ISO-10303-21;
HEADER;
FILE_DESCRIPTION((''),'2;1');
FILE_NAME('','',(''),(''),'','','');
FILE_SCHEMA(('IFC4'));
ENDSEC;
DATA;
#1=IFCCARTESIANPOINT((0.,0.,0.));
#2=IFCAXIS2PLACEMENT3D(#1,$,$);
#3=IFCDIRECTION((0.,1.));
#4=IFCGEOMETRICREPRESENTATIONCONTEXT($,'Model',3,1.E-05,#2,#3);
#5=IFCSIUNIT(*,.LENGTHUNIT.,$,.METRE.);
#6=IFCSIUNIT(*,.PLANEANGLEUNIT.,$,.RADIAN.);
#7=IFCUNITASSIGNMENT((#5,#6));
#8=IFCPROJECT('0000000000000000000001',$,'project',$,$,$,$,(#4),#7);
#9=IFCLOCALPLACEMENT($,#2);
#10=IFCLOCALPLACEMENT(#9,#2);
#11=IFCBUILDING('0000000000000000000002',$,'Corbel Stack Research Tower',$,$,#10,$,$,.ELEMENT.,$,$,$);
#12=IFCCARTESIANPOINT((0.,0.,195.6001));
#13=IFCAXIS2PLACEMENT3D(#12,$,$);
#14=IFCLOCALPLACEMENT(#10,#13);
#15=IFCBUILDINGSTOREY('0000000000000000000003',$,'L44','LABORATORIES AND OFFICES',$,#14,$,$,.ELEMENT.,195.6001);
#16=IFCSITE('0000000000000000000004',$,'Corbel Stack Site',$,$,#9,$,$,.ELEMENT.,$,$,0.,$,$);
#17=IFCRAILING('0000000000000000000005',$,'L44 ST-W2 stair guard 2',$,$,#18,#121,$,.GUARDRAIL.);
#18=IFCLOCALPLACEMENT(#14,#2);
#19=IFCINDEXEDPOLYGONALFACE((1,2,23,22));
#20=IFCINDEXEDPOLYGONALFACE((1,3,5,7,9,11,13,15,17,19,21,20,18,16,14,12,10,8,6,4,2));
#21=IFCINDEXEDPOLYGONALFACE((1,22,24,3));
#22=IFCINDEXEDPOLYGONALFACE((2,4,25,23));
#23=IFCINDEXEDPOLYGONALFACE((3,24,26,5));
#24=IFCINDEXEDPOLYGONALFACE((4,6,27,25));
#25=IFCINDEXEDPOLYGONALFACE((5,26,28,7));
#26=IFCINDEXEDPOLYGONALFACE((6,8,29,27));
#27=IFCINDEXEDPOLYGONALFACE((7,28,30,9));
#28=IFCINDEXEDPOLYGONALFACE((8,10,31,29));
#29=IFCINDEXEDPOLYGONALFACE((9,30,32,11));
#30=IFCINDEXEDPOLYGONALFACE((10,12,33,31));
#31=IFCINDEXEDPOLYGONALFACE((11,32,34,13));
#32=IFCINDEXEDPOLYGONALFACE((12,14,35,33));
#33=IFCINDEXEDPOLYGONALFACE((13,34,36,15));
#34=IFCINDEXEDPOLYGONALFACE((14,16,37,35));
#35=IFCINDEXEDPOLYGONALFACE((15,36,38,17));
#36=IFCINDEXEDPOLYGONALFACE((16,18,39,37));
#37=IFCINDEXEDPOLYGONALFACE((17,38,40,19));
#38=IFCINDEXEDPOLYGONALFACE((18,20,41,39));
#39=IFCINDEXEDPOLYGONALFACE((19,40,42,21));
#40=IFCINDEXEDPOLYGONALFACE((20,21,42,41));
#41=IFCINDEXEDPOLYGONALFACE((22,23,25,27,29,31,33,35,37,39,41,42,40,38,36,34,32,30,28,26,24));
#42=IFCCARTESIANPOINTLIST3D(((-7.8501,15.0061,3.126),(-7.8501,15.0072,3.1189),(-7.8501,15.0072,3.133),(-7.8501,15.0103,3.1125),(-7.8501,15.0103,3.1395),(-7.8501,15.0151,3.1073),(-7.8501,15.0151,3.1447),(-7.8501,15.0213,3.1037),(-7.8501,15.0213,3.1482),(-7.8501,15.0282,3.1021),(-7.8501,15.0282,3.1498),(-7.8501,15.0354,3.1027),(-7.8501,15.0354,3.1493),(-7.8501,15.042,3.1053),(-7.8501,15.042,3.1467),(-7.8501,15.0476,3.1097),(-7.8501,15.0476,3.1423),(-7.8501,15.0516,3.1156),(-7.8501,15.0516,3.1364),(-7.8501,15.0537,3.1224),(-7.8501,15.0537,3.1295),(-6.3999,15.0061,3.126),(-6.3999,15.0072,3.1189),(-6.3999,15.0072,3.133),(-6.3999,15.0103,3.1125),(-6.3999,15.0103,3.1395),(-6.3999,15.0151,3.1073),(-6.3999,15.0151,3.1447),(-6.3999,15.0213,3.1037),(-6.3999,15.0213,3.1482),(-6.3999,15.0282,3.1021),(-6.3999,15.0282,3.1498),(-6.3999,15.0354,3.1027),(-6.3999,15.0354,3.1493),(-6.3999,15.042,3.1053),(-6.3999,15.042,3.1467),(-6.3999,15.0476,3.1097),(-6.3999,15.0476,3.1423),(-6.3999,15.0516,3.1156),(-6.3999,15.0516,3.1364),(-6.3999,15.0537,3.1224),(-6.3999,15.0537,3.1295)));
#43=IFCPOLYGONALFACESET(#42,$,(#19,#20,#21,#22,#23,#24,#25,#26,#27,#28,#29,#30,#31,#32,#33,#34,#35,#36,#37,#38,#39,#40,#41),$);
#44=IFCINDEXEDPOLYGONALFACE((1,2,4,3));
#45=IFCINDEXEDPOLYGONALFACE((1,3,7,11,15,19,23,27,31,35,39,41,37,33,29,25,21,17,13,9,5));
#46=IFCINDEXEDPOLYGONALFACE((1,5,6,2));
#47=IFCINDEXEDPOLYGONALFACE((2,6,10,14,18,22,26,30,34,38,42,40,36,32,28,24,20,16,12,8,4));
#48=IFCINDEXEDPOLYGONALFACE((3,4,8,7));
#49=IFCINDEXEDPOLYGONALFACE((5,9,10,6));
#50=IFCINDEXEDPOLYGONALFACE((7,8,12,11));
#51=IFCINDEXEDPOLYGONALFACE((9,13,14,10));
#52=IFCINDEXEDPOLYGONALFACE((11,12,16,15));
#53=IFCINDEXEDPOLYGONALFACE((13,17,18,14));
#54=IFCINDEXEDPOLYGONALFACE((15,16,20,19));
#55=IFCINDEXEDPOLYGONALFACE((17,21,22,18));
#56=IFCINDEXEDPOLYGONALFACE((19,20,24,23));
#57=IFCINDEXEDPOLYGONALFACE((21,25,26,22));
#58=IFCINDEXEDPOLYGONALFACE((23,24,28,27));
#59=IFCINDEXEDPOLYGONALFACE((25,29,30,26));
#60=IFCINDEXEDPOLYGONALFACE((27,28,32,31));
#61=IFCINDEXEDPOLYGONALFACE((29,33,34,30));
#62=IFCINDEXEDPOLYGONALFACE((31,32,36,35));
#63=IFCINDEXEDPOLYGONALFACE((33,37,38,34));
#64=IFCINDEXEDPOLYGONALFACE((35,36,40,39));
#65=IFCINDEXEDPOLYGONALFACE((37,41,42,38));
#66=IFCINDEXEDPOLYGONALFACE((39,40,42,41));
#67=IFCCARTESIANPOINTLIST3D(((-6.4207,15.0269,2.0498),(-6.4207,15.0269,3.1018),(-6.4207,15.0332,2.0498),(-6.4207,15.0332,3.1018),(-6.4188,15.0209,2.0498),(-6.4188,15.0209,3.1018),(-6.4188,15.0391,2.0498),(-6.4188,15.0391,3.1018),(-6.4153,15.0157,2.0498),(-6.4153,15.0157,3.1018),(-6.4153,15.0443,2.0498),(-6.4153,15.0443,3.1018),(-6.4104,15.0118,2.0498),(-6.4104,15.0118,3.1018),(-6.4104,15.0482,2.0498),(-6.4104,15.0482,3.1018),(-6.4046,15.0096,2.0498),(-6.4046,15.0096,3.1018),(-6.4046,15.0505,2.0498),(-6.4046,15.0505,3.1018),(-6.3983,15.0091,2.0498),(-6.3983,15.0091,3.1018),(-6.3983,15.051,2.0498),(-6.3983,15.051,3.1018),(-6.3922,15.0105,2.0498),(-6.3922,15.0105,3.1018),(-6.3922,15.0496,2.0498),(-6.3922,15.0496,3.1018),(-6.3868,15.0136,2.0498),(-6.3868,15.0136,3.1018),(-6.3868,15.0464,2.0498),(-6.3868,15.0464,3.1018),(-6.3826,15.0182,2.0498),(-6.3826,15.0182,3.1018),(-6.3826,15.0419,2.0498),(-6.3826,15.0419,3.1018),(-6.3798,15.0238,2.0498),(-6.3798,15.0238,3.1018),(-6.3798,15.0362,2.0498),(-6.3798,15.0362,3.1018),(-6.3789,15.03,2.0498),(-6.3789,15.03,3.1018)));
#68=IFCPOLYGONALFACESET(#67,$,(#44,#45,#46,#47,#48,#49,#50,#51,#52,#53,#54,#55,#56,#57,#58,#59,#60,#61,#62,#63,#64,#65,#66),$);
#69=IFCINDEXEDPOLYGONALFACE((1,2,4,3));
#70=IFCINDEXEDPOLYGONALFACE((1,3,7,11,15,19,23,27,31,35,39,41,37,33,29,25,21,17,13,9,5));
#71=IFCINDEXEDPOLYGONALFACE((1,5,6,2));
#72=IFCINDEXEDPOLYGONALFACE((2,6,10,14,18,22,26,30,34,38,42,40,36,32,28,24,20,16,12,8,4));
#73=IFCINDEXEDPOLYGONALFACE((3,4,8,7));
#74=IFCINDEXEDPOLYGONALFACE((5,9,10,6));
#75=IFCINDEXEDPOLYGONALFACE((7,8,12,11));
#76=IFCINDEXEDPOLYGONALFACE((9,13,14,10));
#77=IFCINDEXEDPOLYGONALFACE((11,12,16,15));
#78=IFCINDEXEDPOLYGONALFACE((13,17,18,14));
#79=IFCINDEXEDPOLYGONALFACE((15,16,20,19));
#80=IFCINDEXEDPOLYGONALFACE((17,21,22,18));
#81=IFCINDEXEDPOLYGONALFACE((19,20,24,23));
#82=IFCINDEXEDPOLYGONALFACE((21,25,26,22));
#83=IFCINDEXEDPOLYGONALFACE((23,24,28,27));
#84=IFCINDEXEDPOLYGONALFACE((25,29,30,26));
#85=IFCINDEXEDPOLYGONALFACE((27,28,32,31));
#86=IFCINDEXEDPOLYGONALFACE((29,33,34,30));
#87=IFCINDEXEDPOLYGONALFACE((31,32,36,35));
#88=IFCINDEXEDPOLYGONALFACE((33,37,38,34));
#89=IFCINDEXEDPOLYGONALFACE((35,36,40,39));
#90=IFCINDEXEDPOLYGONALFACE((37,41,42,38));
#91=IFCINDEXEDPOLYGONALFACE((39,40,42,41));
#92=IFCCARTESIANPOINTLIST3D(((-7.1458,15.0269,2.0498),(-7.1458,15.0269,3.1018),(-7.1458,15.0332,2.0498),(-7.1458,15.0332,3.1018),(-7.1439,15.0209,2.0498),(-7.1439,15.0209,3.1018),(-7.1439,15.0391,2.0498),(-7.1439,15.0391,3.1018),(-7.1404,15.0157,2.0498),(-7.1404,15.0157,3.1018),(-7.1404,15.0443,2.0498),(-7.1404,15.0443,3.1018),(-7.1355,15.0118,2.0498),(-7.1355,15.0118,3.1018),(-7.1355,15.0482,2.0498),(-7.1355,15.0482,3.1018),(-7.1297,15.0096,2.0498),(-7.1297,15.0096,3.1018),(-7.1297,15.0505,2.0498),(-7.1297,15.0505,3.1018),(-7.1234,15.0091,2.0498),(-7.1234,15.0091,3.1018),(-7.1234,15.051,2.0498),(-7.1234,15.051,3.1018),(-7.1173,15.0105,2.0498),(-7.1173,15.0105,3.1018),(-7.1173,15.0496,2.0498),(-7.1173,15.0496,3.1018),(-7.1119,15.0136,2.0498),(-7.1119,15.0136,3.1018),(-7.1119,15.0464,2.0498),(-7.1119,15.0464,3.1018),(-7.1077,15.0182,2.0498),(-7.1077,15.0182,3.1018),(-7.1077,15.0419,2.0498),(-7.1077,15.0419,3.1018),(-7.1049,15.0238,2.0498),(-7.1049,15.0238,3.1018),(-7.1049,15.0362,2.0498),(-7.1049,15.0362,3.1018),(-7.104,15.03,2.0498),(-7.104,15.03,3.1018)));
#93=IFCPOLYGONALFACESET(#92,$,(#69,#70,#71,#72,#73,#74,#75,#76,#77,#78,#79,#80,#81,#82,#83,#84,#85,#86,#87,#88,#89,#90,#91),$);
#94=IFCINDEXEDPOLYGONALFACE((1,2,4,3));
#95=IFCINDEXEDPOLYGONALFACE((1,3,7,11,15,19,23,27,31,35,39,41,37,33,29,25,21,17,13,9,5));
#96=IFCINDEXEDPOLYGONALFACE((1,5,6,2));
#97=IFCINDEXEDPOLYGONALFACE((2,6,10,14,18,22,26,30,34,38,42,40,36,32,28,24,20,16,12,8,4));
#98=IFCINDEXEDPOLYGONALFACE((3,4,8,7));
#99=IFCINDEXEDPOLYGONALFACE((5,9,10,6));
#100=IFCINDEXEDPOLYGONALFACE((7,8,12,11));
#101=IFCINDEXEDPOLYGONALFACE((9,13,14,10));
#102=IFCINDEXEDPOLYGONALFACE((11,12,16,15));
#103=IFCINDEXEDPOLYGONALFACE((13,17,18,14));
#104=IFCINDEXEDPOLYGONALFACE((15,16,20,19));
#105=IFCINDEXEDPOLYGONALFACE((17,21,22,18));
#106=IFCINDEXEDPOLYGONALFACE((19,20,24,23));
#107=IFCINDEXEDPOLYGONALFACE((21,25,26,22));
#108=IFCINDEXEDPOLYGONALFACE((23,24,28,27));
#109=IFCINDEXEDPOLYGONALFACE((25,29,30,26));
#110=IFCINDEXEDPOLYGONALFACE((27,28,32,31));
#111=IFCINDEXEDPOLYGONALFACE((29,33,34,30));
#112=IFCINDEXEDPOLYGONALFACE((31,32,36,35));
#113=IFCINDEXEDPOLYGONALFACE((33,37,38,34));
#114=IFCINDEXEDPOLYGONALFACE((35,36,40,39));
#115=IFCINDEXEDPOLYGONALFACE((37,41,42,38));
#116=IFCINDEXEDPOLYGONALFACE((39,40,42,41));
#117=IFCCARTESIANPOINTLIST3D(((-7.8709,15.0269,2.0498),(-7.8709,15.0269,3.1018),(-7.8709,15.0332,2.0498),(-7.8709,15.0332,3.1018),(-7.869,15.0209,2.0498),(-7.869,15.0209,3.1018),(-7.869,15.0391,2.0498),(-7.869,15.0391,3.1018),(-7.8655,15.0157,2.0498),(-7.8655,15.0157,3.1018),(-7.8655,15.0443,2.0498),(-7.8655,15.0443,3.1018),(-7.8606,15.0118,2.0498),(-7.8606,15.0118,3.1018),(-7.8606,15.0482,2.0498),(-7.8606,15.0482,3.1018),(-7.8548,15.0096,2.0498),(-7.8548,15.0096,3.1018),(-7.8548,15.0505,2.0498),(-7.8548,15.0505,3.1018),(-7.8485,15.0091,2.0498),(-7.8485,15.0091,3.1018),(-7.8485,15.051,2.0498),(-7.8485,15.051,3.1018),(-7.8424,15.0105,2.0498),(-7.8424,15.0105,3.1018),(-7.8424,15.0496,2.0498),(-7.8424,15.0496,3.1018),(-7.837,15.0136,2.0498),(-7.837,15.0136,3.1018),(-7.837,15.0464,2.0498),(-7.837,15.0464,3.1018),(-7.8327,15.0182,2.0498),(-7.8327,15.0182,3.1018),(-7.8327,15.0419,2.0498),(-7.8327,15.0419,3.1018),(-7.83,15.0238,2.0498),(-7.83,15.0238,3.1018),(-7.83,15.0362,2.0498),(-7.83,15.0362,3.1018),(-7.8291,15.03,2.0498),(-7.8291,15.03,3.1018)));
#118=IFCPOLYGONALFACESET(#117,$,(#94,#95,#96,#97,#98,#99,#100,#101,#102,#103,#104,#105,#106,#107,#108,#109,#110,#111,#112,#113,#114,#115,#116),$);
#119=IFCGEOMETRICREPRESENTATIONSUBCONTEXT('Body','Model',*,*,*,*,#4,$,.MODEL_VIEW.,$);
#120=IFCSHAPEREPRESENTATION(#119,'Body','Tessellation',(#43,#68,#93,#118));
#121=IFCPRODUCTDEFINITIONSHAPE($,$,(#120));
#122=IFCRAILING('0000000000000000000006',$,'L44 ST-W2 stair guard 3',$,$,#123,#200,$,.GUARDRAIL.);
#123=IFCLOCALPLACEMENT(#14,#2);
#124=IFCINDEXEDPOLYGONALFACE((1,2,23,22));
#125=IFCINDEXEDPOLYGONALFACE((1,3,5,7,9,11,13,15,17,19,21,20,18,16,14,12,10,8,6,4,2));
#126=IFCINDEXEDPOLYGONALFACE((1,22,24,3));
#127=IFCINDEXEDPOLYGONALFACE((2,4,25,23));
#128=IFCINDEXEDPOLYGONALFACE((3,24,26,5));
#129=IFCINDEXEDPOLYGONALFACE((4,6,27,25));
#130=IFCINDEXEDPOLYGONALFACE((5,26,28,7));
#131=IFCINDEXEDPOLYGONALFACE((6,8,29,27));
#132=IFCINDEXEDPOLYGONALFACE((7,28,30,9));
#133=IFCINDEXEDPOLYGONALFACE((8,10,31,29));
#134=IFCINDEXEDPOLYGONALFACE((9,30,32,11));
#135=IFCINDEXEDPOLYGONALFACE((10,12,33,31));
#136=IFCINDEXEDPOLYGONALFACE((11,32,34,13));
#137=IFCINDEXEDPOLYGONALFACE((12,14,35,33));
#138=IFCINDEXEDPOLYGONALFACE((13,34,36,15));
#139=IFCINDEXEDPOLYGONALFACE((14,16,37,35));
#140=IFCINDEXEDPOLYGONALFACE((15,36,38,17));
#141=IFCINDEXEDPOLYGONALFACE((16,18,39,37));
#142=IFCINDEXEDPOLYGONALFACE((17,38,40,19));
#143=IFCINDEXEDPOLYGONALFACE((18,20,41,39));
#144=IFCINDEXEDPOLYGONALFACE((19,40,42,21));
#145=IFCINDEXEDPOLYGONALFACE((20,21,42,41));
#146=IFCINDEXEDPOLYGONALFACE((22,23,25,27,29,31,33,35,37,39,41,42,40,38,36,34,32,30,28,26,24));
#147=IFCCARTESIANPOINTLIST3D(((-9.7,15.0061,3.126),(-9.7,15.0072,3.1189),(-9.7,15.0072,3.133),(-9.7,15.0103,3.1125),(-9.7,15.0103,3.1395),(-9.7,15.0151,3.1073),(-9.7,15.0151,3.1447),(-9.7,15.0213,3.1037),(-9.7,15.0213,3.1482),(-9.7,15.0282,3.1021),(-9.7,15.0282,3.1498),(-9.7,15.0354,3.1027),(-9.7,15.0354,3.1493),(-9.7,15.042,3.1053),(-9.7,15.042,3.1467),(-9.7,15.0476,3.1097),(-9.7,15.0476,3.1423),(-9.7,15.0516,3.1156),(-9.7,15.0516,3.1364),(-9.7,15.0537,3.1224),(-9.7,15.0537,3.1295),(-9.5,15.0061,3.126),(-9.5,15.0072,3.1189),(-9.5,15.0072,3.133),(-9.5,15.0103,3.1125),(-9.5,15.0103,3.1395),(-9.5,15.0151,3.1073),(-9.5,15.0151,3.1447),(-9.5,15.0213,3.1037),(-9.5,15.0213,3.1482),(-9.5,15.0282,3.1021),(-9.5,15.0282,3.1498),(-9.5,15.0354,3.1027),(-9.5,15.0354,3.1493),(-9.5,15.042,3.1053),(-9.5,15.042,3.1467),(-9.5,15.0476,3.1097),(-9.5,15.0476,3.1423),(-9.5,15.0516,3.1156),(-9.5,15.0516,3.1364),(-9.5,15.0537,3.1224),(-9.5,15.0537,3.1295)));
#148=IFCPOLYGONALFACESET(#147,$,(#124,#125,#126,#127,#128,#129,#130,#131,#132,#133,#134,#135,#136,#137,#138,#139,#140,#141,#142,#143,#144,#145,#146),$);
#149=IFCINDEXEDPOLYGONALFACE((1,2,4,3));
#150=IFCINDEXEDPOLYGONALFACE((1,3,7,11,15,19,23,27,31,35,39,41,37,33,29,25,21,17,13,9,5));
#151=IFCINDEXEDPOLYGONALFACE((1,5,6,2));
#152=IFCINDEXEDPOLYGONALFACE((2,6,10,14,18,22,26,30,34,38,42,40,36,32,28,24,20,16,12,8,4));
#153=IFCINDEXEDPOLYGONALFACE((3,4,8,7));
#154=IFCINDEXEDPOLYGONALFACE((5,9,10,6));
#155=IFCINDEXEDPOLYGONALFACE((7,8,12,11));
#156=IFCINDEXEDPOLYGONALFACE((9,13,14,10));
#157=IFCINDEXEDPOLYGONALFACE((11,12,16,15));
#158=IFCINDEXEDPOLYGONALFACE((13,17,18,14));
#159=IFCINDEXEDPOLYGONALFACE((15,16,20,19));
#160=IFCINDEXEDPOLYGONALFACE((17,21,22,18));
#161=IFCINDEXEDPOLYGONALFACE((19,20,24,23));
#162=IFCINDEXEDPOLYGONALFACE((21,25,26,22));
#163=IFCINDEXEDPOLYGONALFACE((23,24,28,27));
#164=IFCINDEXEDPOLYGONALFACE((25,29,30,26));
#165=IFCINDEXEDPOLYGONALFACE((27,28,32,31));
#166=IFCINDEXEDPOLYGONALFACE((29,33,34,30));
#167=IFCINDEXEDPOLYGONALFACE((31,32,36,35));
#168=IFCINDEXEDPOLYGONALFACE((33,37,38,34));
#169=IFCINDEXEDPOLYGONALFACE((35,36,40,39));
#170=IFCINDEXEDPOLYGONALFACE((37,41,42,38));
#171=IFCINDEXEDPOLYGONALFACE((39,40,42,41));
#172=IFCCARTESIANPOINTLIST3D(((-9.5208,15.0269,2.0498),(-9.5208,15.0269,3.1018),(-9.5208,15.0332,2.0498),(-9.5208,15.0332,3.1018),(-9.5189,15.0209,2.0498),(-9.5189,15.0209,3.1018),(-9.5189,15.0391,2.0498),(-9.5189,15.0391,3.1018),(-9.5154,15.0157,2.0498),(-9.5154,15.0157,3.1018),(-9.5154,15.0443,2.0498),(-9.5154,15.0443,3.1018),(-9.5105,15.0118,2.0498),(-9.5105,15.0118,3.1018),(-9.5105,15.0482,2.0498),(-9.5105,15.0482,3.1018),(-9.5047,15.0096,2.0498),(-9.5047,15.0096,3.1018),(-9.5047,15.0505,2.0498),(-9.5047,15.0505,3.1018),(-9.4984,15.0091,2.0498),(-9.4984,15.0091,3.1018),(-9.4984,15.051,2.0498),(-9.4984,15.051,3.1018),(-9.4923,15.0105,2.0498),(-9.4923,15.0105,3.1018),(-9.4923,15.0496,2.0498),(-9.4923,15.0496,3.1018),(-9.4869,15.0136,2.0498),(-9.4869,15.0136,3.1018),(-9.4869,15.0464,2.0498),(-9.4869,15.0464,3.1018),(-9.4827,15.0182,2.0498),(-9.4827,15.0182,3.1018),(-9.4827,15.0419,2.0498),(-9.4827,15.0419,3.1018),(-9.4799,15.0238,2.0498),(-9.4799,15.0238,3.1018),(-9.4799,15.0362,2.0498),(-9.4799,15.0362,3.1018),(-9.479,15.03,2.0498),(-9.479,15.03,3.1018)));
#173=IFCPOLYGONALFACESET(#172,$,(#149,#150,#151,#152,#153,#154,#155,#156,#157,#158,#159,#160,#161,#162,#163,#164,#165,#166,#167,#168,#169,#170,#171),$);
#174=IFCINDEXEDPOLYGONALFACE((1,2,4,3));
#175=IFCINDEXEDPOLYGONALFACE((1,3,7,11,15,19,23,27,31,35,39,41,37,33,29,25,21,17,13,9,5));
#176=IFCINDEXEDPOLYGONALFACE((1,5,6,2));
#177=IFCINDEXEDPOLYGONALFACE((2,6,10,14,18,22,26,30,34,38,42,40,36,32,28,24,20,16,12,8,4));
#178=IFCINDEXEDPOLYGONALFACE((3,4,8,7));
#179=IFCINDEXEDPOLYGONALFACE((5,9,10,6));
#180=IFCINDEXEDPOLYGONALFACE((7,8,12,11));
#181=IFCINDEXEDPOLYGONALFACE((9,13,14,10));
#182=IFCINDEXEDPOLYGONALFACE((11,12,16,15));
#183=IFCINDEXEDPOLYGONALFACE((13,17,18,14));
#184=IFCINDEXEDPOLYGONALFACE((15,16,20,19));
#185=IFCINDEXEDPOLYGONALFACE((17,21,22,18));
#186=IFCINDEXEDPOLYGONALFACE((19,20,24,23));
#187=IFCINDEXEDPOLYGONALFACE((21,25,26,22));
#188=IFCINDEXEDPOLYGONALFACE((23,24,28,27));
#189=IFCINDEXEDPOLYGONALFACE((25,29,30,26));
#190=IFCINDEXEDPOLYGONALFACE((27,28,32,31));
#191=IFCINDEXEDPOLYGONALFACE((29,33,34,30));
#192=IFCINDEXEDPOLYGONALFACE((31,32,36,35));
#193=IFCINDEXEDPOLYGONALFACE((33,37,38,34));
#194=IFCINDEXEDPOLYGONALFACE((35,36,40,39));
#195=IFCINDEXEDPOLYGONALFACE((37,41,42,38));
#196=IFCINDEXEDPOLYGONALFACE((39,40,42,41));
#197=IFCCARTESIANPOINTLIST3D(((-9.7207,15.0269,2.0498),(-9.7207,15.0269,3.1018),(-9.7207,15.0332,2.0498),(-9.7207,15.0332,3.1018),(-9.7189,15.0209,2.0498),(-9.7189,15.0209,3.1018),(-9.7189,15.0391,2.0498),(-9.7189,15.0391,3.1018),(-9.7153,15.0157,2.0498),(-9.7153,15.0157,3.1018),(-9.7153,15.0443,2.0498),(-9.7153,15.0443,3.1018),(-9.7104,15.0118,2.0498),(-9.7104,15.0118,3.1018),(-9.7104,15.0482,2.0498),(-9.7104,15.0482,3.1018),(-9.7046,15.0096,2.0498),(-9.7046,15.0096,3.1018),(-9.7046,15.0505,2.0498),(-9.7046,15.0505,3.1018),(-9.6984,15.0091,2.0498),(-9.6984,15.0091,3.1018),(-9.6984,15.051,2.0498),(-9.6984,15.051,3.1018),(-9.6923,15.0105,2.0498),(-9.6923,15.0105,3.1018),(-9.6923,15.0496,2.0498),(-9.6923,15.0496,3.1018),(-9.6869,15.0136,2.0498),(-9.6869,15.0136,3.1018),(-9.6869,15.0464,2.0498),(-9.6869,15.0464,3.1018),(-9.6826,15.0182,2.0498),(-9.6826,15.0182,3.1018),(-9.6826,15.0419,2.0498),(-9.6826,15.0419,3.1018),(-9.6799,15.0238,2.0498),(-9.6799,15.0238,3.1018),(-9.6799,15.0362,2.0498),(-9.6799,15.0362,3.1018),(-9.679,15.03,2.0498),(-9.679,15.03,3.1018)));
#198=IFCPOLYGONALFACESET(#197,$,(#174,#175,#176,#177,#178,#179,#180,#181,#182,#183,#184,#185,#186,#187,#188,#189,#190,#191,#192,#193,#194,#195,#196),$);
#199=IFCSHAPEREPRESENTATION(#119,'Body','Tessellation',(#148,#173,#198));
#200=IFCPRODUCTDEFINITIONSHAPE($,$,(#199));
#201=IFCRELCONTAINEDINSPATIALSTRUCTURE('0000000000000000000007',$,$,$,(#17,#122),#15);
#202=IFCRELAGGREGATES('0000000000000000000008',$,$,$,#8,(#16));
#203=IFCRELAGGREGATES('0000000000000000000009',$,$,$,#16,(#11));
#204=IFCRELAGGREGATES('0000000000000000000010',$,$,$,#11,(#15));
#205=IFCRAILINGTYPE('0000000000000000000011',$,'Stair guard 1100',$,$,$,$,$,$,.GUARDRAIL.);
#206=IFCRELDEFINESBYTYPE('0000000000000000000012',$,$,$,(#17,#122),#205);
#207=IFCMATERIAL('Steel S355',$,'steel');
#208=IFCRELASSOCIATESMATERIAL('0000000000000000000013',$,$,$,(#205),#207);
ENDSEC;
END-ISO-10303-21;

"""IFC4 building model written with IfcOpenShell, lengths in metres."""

from ifc_helpers import new_model, si_unit, direction, frame, origin, origin_2d, place, context, subcontext, project, spatial, circle, extrude, material, type_object, element, save


model = new_model("IFC4")

# Units and contexts
model_context = context("Model", 3, precision=1e-05, world=origin(), true_north=direction((0.0, 1.0)))
body_context = subcontext(model_context, "Body", "Model", "MODEL_VIEW")
ifc_project = project(units=[si_unit("LENGTHUNIT", "METRE"), si_unit("PLANEANGLEUNIT", "RADIAN")], contexts=[model_context])

# Site, building, storey
site_placement = place(None, origin())
site = spatial("IfcSite", under=ifc_project, at=site_placement, Name="Corbel Stack Site", CompositionType="ELEMENT", RefElevation=0.0)
building_placement = place(site_placement, origin())
building = spatial("IfcBuilding", under=site, at=building_placement, Name="Corbel Stack Research Tower", CompositionType="ELEMENT")
storey_placement = place(building_placement, frame((0.0, 0.0, 195.6001)))
storey = spatial("IfcBuildingStorey", under=building, at=storey_placement, Name="L44", Description="LABORATORIES AND OFFICES", CompositionType="ELEMENT", Elevation=195.6001)

# Railings
ifc_material_1 = material(Name="Steel S355", Category="steel")
railing_type_1 = type_object("IfcRailingType", Name="Stair guard 1100", PredefinedType="GUARDRAIL", material=ifc_material_1)
railing_1_placement = place(storey_placement, frame((-6.3999, 15.03, 2.0498)))
element("IfcRailing", 1, at=railing_1_placement, inside=storey, type_object=railing_type_1, Name="L44 ST-W2 stair guard 2", PredefinedType="GUARDRAIL", context=body_context, shape_type="SweptSolid", body=[
    extrude(circle(Radius=0.0239, at=origin_2d()), frame((0.0, 0.0, 1.0762), z_axis=(-1.0, 0.0, 0.0), x_axis=(0.0, -1.0, 0.0)), (0.0, 0.0, 1.0), 1.4502),
    extrude(circle(Radius=0.021, at=origin_2d()), origin(), (0.0, 0.0, 1.0), 1.052),
    extrude(circle(Radius=0.021, at=origin_2d()), frame((-0.7251, 0.0, 0.0)), (0.0, 0.0, 1.0), 1.052),
    extrude(circle(Radius=0.021, at=origin_2d()), frame((-1.4502, 0.0, 0.0)), (0.0, 0.0, 1.0), 1.052),
])
railing_2_placement = place(storey_placement, frame((-9.5, 15.03, 2.0498)))
element("IfcRailing", 2, at=railing_2_placement, inside=storey, type_object=railing_type_1, Name="L44 ST-W2 stair guard 3", PredefinedType="GUARDRAIL", context=body_context, shape_type="SweptSolid", body=[
    extrude(circle(Radius=0.0239, at=origin_2d()), frame((0.0, 0.0, 1.0762), z_axis=(-1.0, 0.0, 0.0), x_axis=(0.0, -1.0, 0.0)), (0.0, 0.0, 1.0), 0.2),
    extrude(circle(Radius=0.021, at=origin_2d()), origin(), (0.0, 0.0, 1.0), 1.052),
    extrude(circle(Radius=0.021, at=origin_2d()), frame((-0.2, 0.0, 0.0)), (0.0, 0.0, 1.0), 1.052),
])

save(model, "model.ifc")
